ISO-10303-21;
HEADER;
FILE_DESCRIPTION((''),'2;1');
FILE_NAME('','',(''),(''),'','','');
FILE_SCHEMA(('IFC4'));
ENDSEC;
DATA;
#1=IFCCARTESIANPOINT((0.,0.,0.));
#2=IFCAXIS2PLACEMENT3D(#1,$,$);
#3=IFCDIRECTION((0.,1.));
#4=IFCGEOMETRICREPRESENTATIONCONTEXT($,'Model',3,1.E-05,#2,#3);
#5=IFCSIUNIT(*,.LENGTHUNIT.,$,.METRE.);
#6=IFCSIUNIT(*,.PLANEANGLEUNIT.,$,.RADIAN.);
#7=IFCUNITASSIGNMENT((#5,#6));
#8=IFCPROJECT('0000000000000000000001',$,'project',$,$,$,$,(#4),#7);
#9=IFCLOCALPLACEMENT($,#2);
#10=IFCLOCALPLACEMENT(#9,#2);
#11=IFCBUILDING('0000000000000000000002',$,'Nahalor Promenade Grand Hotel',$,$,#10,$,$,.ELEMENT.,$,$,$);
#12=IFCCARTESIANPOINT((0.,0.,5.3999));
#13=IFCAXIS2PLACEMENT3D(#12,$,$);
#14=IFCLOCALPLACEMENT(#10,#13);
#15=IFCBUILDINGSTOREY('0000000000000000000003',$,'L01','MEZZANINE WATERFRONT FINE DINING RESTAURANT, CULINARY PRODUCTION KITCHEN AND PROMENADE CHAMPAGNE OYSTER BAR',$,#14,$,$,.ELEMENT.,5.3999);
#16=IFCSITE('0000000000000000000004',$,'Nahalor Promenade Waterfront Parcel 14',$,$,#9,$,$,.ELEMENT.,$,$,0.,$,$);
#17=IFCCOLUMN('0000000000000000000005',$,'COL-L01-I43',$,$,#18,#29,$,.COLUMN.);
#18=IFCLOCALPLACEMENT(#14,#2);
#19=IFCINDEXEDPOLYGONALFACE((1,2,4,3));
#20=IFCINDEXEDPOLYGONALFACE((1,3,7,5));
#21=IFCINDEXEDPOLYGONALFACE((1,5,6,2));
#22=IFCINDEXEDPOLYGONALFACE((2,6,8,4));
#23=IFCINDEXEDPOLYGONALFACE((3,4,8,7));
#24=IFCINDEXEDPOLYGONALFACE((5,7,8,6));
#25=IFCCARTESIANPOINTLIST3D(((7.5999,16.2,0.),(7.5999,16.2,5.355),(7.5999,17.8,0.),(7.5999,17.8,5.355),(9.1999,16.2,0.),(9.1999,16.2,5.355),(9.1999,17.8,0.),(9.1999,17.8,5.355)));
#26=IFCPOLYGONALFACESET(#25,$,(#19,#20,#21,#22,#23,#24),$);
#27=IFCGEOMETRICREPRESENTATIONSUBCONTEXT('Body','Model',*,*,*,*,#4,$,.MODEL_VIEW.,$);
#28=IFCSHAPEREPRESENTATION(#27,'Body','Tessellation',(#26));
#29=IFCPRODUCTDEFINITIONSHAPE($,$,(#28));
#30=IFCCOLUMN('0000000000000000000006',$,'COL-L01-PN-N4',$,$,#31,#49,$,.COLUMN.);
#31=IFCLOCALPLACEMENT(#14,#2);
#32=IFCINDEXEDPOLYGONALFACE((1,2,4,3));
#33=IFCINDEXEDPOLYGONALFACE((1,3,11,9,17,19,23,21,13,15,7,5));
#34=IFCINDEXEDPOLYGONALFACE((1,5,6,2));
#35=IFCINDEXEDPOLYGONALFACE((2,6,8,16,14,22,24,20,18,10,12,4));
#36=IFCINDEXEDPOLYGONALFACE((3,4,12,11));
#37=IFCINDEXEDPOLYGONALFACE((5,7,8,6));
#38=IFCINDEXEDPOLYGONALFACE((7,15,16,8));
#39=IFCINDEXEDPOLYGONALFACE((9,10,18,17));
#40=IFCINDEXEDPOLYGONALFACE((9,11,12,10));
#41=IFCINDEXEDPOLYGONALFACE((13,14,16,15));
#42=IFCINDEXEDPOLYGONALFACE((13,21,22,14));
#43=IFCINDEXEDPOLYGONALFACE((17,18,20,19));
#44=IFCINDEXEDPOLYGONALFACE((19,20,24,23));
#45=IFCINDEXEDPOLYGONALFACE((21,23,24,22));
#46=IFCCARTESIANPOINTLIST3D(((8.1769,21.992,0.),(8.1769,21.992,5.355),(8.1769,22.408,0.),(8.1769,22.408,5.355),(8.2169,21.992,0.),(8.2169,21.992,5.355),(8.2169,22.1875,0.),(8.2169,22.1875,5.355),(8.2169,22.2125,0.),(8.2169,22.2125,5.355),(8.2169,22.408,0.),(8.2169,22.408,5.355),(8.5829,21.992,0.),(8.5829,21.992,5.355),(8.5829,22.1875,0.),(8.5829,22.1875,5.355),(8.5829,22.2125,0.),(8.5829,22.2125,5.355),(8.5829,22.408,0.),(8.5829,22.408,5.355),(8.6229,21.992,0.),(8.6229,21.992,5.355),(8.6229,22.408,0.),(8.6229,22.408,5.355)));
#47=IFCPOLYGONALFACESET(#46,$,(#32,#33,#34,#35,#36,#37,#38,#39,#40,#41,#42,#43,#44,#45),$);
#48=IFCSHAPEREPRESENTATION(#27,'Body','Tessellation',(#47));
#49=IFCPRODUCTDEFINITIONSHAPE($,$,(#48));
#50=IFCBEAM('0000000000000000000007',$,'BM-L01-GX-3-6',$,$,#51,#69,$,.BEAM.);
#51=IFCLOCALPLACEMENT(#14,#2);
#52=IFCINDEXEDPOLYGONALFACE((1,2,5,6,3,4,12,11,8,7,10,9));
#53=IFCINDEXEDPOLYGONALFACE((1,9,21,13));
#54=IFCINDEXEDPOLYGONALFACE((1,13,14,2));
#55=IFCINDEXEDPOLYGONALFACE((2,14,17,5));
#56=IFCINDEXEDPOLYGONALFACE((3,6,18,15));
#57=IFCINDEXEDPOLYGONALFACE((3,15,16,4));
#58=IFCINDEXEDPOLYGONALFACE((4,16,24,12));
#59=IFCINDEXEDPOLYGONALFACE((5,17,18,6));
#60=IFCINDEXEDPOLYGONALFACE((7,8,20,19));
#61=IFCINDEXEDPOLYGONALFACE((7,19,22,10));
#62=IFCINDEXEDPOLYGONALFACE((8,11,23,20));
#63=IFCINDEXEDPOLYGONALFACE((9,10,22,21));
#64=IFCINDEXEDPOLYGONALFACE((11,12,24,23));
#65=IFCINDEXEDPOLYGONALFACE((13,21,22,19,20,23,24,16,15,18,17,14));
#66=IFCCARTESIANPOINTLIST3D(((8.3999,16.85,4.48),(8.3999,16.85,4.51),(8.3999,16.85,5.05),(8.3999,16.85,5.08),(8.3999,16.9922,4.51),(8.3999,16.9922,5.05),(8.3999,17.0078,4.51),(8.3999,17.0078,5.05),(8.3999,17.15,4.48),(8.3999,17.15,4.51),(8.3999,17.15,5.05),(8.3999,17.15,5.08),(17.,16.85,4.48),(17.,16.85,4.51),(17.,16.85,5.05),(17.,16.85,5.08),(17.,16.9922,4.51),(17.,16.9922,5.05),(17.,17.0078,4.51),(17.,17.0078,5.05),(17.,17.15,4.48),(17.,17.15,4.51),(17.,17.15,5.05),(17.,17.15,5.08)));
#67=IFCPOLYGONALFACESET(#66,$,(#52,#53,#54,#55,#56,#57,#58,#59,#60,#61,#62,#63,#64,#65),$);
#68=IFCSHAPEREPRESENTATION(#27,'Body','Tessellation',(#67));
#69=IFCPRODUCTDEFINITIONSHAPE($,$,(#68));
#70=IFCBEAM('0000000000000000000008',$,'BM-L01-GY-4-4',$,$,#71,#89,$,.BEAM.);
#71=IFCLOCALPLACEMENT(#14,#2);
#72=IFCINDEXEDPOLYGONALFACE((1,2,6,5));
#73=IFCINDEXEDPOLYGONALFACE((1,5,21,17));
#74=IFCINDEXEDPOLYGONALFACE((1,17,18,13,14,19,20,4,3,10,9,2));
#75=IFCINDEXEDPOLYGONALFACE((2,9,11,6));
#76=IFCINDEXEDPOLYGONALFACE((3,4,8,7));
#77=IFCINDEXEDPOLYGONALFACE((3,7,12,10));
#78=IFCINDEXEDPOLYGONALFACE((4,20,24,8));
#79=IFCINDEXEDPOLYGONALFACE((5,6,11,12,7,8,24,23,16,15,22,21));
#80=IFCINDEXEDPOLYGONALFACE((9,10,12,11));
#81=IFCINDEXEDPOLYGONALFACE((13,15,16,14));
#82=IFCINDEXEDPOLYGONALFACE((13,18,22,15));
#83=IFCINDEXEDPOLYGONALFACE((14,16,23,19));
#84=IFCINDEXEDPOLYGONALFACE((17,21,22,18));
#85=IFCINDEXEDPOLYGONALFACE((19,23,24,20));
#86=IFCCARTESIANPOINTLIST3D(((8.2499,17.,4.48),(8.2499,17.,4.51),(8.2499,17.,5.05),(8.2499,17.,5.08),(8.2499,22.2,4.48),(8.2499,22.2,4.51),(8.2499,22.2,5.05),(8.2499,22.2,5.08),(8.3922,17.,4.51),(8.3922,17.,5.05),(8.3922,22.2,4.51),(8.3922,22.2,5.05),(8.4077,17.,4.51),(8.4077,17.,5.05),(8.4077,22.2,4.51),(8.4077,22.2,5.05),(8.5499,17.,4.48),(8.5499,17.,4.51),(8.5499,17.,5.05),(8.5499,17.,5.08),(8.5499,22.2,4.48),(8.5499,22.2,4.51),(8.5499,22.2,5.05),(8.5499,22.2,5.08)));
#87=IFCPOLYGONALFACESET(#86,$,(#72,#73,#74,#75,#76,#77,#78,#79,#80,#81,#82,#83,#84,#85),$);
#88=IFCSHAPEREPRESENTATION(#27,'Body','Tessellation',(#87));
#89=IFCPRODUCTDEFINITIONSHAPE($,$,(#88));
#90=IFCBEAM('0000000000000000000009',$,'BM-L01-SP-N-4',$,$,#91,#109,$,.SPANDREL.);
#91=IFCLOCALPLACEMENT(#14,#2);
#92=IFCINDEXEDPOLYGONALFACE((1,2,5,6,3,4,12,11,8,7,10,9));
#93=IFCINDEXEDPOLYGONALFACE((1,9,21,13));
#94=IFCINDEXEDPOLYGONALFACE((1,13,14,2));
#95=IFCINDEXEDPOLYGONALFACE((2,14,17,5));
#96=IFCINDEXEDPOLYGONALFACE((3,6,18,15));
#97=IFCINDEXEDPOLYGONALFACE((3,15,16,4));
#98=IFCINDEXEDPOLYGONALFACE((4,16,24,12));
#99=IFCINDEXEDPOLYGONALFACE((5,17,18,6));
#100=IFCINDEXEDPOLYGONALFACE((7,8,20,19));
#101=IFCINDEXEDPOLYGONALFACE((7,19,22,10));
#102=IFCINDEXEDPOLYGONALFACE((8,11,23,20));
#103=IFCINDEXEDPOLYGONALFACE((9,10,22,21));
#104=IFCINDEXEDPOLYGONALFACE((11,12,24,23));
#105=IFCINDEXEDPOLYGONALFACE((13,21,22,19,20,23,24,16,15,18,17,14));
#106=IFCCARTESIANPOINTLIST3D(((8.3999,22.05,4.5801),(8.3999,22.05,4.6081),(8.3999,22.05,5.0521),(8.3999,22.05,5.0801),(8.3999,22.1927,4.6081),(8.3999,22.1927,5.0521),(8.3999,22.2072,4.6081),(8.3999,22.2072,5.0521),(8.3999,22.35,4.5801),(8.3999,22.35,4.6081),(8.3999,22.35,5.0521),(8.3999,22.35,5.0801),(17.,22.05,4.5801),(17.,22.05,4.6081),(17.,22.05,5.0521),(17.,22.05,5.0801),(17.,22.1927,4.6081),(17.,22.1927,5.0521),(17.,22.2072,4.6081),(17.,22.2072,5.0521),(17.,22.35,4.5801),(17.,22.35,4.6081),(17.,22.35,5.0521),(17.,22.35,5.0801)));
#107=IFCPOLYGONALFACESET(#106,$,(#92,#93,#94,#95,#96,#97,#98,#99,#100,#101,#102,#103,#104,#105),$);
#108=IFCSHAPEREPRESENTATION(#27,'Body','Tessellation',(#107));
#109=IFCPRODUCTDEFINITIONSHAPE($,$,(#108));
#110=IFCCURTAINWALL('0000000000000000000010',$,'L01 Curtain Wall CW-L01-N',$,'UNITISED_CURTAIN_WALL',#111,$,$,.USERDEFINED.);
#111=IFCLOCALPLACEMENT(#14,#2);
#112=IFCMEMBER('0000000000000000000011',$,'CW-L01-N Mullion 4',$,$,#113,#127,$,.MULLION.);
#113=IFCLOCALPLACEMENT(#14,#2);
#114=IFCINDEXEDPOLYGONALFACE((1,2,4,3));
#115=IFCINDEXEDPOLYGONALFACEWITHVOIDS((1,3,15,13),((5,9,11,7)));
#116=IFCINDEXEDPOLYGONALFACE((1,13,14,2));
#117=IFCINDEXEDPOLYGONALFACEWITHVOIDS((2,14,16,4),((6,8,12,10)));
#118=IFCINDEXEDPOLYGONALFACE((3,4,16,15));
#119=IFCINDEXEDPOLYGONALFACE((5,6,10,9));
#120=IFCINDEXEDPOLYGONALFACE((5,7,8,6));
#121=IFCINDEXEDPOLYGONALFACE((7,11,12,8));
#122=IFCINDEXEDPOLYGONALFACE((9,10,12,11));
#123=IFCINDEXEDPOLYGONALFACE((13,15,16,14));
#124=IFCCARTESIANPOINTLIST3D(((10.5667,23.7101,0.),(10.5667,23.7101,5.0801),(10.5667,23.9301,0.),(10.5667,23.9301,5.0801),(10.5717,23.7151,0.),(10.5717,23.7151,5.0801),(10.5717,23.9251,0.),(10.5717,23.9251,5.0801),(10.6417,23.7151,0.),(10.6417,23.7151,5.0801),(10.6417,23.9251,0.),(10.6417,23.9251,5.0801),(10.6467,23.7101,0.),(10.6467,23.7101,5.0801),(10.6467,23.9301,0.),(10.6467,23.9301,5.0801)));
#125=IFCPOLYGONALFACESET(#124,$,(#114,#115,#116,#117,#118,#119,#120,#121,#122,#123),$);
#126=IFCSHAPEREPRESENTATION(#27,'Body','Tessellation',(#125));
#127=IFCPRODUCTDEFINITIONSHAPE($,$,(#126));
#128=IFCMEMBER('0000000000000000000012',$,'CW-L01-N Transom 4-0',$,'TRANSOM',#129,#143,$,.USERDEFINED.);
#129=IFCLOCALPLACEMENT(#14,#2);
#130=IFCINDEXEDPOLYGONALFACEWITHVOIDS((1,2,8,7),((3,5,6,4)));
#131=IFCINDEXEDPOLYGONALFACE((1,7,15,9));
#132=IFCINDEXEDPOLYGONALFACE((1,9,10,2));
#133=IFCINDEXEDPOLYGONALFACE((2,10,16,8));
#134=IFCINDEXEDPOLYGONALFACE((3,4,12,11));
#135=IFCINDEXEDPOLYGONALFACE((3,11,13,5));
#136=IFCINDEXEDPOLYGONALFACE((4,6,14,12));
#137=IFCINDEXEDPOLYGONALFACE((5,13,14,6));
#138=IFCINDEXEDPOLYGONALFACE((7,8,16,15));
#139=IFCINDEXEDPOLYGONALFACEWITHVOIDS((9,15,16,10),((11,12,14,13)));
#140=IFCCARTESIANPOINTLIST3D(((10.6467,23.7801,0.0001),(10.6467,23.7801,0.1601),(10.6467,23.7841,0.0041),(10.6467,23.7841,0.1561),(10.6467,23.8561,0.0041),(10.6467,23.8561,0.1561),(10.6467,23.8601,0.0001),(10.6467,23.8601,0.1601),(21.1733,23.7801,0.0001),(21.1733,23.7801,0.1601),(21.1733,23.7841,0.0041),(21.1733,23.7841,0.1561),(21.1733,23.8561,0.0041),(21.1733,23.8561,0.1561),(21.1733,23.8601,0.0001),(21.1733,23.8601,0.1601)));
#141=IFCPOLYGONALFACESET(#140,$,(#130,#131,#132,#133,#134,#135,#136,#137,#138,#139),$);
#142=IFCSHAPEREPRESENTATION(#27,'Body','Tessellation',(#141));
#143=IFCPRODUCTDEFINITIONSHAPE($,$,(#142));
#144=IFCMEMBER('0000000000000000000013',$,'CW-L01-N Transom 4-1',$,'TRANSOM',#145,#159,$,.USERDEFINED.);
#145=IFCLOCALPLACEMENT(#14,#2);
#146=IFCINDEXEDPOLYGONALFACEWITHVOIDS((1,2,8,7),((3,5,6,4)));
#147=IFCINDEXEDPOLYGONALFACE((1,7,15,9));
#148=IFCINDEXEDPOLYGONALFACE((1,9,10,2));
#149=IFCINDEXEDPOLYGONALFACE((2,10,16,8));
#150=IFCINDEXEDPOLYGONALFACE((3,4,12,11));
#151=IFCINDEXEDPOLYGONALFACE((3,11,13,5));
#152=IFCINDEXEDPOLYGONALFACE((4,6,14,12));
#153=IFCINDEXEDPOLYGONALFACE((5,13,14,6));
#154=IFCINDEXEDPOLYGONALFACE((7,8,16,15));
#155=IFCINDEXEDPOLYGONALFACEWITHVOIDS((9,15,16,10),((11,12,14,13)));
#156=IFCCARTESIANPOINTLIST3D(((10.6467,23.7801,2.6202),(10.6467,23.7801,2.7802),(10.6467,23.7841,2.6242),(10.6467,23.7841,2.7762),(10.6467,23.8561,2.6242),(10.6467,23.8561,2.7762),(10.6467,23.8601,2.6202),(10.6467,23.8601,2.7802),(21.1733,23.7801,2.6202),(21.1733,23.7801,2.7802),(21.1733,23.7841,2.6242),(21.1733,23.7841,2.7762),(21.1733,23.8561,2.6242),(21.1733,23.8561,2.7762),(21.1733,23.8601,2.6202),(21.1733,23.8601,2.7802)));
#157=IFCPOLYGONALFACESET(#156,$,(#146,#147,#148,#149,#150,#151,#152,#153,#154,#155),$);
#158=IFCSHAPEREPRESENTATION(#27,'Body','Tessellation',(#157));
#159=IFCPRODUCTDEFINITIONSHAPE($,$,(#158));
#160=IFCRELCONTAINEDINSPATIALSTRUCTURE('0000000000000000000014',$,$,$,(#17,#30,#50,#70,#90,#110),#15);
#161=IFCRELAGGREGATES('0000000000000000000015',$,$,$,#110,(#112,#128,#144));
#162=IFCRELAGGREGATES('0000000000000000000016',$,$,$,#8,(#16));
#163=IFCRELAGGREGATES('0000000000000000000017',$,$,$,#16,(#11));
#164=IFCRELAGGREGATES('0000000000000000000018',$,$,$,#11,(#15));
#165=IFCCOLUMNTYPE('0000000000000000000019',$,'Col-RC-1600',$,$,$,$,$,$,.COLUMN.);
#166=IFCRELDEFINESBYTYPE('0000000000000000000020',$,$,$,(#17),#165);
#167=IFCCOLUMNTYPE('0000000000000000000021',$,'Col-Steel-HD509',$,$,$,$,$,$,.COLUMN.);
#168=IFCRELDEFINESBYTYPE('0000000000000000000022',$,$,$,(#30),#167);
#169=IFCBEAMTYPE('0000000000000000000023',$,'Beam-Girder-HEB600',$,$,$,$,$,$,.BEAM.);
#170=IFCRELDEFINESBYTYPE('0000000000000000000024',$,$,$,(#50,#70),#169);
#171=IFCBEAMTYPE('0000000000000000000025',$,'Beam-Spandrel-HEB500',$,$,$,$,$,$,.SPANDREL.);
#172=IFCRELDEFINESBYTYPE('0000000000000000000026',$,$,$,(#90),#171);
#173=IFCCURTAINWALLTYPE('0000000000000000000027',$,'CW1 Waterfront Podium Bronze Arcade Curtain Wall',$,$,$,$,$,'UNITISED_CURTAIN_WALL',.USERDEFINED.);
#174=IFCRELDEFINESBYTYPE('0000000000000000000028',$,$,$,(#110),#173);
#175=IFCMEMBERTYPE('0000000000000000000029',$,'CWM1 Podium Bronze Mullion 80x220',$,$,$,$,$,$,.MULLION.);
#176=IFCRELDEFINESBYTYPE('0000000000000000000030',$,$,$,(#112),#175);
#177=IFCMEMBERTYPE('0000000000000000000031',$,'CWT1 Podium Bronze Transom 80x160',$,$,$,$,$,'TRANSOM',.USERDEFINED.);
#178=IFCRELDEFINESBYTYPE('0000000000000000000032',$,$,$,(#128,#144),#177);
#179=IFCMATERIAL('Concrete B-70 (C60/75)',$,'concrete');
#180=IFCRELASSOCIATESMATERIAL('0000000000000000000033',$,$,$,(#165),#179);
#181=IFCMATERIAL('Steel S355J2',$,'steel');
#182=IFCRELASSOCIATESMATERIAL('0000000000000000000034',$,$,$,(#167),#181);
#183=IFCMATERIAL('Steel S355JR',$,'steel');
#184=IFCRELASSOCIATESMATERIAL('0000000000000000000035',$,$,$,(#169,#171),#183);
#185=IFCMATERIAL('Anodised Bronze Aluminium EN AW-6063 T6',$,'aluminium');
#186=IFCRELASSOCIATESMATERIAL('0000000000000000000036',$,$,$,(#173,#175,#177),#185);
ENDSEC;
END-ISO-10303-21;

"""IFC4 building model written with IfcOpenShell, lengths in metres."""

from ifc_helpers import new_model, si_unit, direction, frame, origin, origin_2d, place, context, subcontext, project, spatial, rectangle, hollow_rectangle, i_section, extrude, source, transform, mapped, material, material_profile, profile_set, type_object, element, aggregate, save


model = new_model("IFC4")

# Units and contexts
model_context = context("Model", 3, precision=1e-05, world=origin(), true_north=direction((0.0, 1.0)))
body_context = subcontext(model_context, "Body", "Model", "MODEL_VIEW")
ifc_project = project(units=[si_unit("LENGTHUNIT", "METRE"), si_unit("PLANEANGLEUNIT", "RADIAN")], contexts=[model_context])

# Site, building, storey
site_placement = place(None, origin())
site = spatial("IfcSite", under=ifc_project, at=site_placement, Name="Nahalor Promenade Waterfront Parcel 14", CompositionType="ELEMENT", RefElevation=0.0)
building_placement = place(site_placement, origin())
building = spatial("IfcBuilding", under=site, at=building_placement, Name="Nahalor Promenade Grand Hotel", CompositionType="ELEMENT")
storey_placement = place(building_placement, frame((0.0, 0.0, 5.3999)))
storey = spatial("IfcBuildingStorey", under=building, at=storey_placement, Name="L01", Description="MEZZANINE WATERFRONT FINE DINING RESTAURANT, CULINARY PRODUCTION KITCHEN AND PROMENADE CHAMPAGNE OYSTER BAR", CompositionType="ELEMENT", Elevation=5.3999)

# Columns
ifc_material_1 = material(Name="Concrete B-70 (C60/75)", Category="concrete")
ifc_material_profile_1 = material_profile(ifc_material_1, rectangle(XDim=1.6, YDim=1.6, at=origin_2d()), Name="RC 1600x1600")
ifc_profile_set_1 = profile_set([ifc_material_profile_1], Name="Concrete B-70 (C60/75)")
column_type_1 = type_object("IfcColumnType", Name="Col-RC-1600", PredefinedType="COLUMN", material=ifc_profile_set_1)
shared_shape_1 = source(origin(), body_context, "Body", "SweptSolid", [
    extrude(rectangle(XDim=1.6, YDim=1.6, at=origin_2d()), origin(), (0.0, 0.0, 1.0), 5.355),
])
column_1_placement = place(storey_placement, frame((8.3999, 17.0, 0.0), z_axis=(0.0, 0.0, 1.0), x_axis=(1.0, 0.0, 0.0)))
element("IfcColumn", 1, at=column_1_placement, inside=storey, type_object=column_type_1, Name="COL-L01-I43", PredefinedType="COLUMN", context=body_context, shape_type="MappedRepresentation", body=[
    mapped(shared_shape_1, transform((0.0, 0.0, 0.0), scale=1.0)),
])
ifc_material_2 = material(Name="Steel S355J2", Category="steel")
ifc_material_profile_2 = material_profile(ifc_material_2, i_section(OverallWidth=0.416, OverallDepth=0.446, WebThickness=0.025, FlangeThickness=0.04, at=origin_2d()), Name="HD 400x509")
ifc_profile_set_2 = profile_set([ifc_material_profile_2], Name="Steel S355J2")
column_type_2 = type_object("IfcColumnType", Name="Col-Steel-HD509", PredefinedType="COLUMN", material=ifc_profile_set_2)
shared_shape_2 = source(origin(), body_context, "Body", "SweptSolid", [
    extrude(i_section(OverallWidth=0.416, OverallDepth=0.446, WebThickness=0.025, FlangeThickness=0.04, at=origin_2d()), origin(), (0.0, 0.0, 1.0), 5.355),
])
column_2_placement = place(storey_placement, frame((8.3999, 22.2, 0.0), z_axis=(0.0, 0.0, 1.0), x_axis=(0.0, 1.0, 0.0)))
element("IfcColumn", 2, at=column_2_placement, inside=storey, type_object=column_type_2, Name="COL-L01-PN-N4", PredefinedType="COLUMN", context=body_context, shape_type="MappedRepresentation", body=[
    mapped(shared_shape_2, transform((0.0, 0.0, 0.0), scale=1.0)),
])

# Beams
ifc_material_3 = material(Name="Steel S355JR", Category="steel")
ifc_material_profile_3 = material_profile(ifc_material_3, i_section(OverallWidth=0.3, OverallDepth=0.6, WebThickness=0.0155, FlangeThickness=0.03, at=origin_2d()), Name="HEB 600")
ifc_profile_set_3 = profile_set([ifc_material_profile_3], Name="Steel S355JR")
beam_type_1 = type_object("IfcBeamType", Name="Beam-Girder-HEB600", PredefinedType="BEAM", material=ifc_profile_set_3)
shared_shape_3 = source(origin(), body_context, "Body", "SweptSolid", [
    extrude(i_section(OverallWidth=0.3, OverallDepth=0.6, WebThickness=0.0155, FlangeThickness=0.03, at=origin_2d()), origin(), (0.0, 0.0, 1.0), 8.6001),
])
beam_1_placement = place(storey_placement, frame((8.3999, 17.0, 4.78), z_axis=(1.0, 0.0, 0.0), x_axis=(0.0, 1.0, 0.0)))
element("IfcBeam", 3, at=beam_1_placement, inside=storey, type_object=beam_type_1, Name="BM-L01-GX-3-6", PredefinedType="BEAM", context=body_context, shape_type="MappedRepresentation", body=[
    mapped(shared_shape_3, transform((0.0, 0.0, 0.0), scale=1.0)),
])
shared_shape_4 = source(origin(), body_context, "Body", "SweptSolid", [
    extrude(i_section(OverallWidth=0.3, OverallDepth=0.6, WebThickness=0.0155, FlangeThickness=0.03, at=origin_2d()), origin(), (0.0, 0.0, 1.0), 5.2),
])
beam_2_placement = place(storey_placement, frame((8.3999, 17.0, 4.78), z_axis=(0.0, 1.0, 0.0), x_axis=(-1.0, 0.0, 0.0)))
element("IfcBeam", 4, at=beam_2_placement, inside=storey, type_object=beam_type_1, Name="BM-L01-GY-4-4", PredefinedType="BEAM", context=body_context, shape_type="MappedRepresentation", body=[
    mapped(shared_shape_4, transform((0.0, 0.0, 0.0), scale=1.0)),
])
ifc_material_profile_4 = material_profile(ifc_material_3, i_section(OverallWidth=0.3, OverallDepth=0.5, WebThickness=0.0145, FlangeThickness=0.028, at=origin_2d()), Name="HEB 500")
ifc_profile_set_4 = profile_set([ifc_material_profile_4], Name="Steel S355JR")
beam_type_2 = type_object("IfcBeamType", Name="Beam-Spandrel-HEB500", PredefinedType="SPANDREL", material=ifc_profile_set_4)
shared_shape_5 = source(origin(), body_context, "Body", "SweptSolid", [
    extrude(i_section(OverallWidth=0.3, OverallDepth=0.5, WebThickness=0.0145, FlangeThickness=0.028, at=origin_2d()), origin(), (0.0, 0.0, 1.0), 8.6001),
])
beam_3_placement = place(storey_placement, frame((8.3999, 22.2, 4.8301), z_axis=(1.0, 0.0, 0.0), x_axis=(0.0, 1.0, 0.0)))
element("IfcBeam", 5, at=beam_3_placement, inside=storey, type_object=beam_type_2, Name="BM-L01-SP-N-4", PredefinedType="SPANDREL", context=body_context, shape_type="MappedRepresentation", body=[
    mapped(shared_shape_5, transform((0.0, 0.0, 0.0), scale=1.0)),
])

# Curtain wall, members
ifc_material_4 = material(Name="Anodised Bronze Aluminium EN AW-6063 T6", Category="aluminium")
curtain_wall_type = type_object("IfcCurtainWallType", Name="CW1 Waterfront Podium Bronze Arcade Curtain Wall", ElementType="UNITISED_CURTAIN_WALL", PredefinedType="USERDEFINED", material=ifc_material_4)
curtain_wall_placement = place(storey_placement, origin())
curtain_wall = element("IfcCurtainWall", 6, at=curtain_wall_placement, inside=storey, type_object=curtain_wall_type, Name="L01 Curtain Wall CW-L01-N", ObjectType="UNITISED_CURTAIN_WALL", PredefinedType="USERDEFINED")
ifc_material_profile_5 = material_profile(ifc_material_4, hollow_rectangle(XDim=0.08, YDim=0.22, WallThickness=0.005, at=origin_2d()), Name="CWM 80x220x5")
ifc_profile_set_5 = profile_set([ifc_material_profile_5], Name="Anodised Bronze Aluminium EN AW-6063 T6")
member_type_1 = type_object("IfcMemberType", Name="CWM1 Podium Bronze Mullion 80x220", PredefinedType="MULLION", material=ifc_profile_set_5)
shared_shape_6 = source(origin(), body_context, "Body", "SweptSolid", [
    extrude(hollow_rectangle(XDim=0.08, YDim=0.22, WallThickness=0.005, at=origin_2d()), origin(), (0.0, 0.0, 1.0), 5.0801),
])
member_1_placement = place(storey_placement, frame((10.6067, 23.8201, 0.0), z_axis=(0.0, 0.0, 1.0), x_axis=(1.0, 0.0, 0.0)))
member_1 = element("IfcMember", 7, at=member_1_placement, type_object=member_type_1, Name="CW-L01-N Mullion 4", PredefinedType="MULLION", context=body_context, shape_type="MappedRepresentation", body=[
    mapped(shared_shape_6, transform((0.0, 0.0, 0.0), scale=1.0)),
])
ifc_material_profile_6 = material_profile(ifc_material_4, hollow_rectangle(XDim=0.08, YDim=0.16, WallThickness=0.004, at=origin_2d()), Name="CWT 80x160x4")
ifc_profile_set_6 = profile_set([ifc_material_profile_6], Name="Anodised Bronze Aluminium EN AW-6063 T6")
member_type_2 = type_object("IfcMemberType", Name="CWT1 Podium Bronze Transom 80x160", ElementType="TRANSOM", PredefinedType="USERDEFINED", material=ifc_profile_set_6)
shared_shape_7 = source(origin(), body_context, "Body", "SweptSolid", [
    extrude(hollow_rectangle(XDim=0.08, YDim=0.16, WallThickness=0.004, at=origin_2d()), origin(), (0.0, 0.0, 1.0), 10.5266),
])
member_2_placement = place(storey_placement, frame((10.6467, 23.8201, 0.0801), z_axis=(1.0, 0.0, 0.0), x_axis=(0.0, 1.0, 0.0)))
member_2 = element("IfcMember", 8, at=member_2_placement, type_object=member_type_2, Name="CW-L01-N Transom 4-0", ObjectType="TRANSOM", PredefinedType="USERDEFINED", context=body_context, shape_type="MappedRepresentation", body=[
    mapped(shared_shape_7, transform((0.0, 0.0, 0.0), scale=1.0)),
])
member_3_placement = place(storey_placement, frame((10.6467, 23.8201, 2.7002), z_axis=(1.0, 0.0, 0.0), x_axis=(0.0, 1.0, 0.0)))
member_3 = element("IfcMember", 9, at=member_3_placement, type_object=member_type_2, Name="CW-L01-N Transom 4-1", ObjectType="TRANSOM", PredefinedType="USERDEFINED", context=body_context, shape_type="MappedRepresentation", body=[
    mapped(shared_shape_7, transform((0.0, 0.0, 0.0), scale=1.0)),
])
aggregate(curtain_wall, [member_1, member_2, member_3])

save(model, "model.ifc")
